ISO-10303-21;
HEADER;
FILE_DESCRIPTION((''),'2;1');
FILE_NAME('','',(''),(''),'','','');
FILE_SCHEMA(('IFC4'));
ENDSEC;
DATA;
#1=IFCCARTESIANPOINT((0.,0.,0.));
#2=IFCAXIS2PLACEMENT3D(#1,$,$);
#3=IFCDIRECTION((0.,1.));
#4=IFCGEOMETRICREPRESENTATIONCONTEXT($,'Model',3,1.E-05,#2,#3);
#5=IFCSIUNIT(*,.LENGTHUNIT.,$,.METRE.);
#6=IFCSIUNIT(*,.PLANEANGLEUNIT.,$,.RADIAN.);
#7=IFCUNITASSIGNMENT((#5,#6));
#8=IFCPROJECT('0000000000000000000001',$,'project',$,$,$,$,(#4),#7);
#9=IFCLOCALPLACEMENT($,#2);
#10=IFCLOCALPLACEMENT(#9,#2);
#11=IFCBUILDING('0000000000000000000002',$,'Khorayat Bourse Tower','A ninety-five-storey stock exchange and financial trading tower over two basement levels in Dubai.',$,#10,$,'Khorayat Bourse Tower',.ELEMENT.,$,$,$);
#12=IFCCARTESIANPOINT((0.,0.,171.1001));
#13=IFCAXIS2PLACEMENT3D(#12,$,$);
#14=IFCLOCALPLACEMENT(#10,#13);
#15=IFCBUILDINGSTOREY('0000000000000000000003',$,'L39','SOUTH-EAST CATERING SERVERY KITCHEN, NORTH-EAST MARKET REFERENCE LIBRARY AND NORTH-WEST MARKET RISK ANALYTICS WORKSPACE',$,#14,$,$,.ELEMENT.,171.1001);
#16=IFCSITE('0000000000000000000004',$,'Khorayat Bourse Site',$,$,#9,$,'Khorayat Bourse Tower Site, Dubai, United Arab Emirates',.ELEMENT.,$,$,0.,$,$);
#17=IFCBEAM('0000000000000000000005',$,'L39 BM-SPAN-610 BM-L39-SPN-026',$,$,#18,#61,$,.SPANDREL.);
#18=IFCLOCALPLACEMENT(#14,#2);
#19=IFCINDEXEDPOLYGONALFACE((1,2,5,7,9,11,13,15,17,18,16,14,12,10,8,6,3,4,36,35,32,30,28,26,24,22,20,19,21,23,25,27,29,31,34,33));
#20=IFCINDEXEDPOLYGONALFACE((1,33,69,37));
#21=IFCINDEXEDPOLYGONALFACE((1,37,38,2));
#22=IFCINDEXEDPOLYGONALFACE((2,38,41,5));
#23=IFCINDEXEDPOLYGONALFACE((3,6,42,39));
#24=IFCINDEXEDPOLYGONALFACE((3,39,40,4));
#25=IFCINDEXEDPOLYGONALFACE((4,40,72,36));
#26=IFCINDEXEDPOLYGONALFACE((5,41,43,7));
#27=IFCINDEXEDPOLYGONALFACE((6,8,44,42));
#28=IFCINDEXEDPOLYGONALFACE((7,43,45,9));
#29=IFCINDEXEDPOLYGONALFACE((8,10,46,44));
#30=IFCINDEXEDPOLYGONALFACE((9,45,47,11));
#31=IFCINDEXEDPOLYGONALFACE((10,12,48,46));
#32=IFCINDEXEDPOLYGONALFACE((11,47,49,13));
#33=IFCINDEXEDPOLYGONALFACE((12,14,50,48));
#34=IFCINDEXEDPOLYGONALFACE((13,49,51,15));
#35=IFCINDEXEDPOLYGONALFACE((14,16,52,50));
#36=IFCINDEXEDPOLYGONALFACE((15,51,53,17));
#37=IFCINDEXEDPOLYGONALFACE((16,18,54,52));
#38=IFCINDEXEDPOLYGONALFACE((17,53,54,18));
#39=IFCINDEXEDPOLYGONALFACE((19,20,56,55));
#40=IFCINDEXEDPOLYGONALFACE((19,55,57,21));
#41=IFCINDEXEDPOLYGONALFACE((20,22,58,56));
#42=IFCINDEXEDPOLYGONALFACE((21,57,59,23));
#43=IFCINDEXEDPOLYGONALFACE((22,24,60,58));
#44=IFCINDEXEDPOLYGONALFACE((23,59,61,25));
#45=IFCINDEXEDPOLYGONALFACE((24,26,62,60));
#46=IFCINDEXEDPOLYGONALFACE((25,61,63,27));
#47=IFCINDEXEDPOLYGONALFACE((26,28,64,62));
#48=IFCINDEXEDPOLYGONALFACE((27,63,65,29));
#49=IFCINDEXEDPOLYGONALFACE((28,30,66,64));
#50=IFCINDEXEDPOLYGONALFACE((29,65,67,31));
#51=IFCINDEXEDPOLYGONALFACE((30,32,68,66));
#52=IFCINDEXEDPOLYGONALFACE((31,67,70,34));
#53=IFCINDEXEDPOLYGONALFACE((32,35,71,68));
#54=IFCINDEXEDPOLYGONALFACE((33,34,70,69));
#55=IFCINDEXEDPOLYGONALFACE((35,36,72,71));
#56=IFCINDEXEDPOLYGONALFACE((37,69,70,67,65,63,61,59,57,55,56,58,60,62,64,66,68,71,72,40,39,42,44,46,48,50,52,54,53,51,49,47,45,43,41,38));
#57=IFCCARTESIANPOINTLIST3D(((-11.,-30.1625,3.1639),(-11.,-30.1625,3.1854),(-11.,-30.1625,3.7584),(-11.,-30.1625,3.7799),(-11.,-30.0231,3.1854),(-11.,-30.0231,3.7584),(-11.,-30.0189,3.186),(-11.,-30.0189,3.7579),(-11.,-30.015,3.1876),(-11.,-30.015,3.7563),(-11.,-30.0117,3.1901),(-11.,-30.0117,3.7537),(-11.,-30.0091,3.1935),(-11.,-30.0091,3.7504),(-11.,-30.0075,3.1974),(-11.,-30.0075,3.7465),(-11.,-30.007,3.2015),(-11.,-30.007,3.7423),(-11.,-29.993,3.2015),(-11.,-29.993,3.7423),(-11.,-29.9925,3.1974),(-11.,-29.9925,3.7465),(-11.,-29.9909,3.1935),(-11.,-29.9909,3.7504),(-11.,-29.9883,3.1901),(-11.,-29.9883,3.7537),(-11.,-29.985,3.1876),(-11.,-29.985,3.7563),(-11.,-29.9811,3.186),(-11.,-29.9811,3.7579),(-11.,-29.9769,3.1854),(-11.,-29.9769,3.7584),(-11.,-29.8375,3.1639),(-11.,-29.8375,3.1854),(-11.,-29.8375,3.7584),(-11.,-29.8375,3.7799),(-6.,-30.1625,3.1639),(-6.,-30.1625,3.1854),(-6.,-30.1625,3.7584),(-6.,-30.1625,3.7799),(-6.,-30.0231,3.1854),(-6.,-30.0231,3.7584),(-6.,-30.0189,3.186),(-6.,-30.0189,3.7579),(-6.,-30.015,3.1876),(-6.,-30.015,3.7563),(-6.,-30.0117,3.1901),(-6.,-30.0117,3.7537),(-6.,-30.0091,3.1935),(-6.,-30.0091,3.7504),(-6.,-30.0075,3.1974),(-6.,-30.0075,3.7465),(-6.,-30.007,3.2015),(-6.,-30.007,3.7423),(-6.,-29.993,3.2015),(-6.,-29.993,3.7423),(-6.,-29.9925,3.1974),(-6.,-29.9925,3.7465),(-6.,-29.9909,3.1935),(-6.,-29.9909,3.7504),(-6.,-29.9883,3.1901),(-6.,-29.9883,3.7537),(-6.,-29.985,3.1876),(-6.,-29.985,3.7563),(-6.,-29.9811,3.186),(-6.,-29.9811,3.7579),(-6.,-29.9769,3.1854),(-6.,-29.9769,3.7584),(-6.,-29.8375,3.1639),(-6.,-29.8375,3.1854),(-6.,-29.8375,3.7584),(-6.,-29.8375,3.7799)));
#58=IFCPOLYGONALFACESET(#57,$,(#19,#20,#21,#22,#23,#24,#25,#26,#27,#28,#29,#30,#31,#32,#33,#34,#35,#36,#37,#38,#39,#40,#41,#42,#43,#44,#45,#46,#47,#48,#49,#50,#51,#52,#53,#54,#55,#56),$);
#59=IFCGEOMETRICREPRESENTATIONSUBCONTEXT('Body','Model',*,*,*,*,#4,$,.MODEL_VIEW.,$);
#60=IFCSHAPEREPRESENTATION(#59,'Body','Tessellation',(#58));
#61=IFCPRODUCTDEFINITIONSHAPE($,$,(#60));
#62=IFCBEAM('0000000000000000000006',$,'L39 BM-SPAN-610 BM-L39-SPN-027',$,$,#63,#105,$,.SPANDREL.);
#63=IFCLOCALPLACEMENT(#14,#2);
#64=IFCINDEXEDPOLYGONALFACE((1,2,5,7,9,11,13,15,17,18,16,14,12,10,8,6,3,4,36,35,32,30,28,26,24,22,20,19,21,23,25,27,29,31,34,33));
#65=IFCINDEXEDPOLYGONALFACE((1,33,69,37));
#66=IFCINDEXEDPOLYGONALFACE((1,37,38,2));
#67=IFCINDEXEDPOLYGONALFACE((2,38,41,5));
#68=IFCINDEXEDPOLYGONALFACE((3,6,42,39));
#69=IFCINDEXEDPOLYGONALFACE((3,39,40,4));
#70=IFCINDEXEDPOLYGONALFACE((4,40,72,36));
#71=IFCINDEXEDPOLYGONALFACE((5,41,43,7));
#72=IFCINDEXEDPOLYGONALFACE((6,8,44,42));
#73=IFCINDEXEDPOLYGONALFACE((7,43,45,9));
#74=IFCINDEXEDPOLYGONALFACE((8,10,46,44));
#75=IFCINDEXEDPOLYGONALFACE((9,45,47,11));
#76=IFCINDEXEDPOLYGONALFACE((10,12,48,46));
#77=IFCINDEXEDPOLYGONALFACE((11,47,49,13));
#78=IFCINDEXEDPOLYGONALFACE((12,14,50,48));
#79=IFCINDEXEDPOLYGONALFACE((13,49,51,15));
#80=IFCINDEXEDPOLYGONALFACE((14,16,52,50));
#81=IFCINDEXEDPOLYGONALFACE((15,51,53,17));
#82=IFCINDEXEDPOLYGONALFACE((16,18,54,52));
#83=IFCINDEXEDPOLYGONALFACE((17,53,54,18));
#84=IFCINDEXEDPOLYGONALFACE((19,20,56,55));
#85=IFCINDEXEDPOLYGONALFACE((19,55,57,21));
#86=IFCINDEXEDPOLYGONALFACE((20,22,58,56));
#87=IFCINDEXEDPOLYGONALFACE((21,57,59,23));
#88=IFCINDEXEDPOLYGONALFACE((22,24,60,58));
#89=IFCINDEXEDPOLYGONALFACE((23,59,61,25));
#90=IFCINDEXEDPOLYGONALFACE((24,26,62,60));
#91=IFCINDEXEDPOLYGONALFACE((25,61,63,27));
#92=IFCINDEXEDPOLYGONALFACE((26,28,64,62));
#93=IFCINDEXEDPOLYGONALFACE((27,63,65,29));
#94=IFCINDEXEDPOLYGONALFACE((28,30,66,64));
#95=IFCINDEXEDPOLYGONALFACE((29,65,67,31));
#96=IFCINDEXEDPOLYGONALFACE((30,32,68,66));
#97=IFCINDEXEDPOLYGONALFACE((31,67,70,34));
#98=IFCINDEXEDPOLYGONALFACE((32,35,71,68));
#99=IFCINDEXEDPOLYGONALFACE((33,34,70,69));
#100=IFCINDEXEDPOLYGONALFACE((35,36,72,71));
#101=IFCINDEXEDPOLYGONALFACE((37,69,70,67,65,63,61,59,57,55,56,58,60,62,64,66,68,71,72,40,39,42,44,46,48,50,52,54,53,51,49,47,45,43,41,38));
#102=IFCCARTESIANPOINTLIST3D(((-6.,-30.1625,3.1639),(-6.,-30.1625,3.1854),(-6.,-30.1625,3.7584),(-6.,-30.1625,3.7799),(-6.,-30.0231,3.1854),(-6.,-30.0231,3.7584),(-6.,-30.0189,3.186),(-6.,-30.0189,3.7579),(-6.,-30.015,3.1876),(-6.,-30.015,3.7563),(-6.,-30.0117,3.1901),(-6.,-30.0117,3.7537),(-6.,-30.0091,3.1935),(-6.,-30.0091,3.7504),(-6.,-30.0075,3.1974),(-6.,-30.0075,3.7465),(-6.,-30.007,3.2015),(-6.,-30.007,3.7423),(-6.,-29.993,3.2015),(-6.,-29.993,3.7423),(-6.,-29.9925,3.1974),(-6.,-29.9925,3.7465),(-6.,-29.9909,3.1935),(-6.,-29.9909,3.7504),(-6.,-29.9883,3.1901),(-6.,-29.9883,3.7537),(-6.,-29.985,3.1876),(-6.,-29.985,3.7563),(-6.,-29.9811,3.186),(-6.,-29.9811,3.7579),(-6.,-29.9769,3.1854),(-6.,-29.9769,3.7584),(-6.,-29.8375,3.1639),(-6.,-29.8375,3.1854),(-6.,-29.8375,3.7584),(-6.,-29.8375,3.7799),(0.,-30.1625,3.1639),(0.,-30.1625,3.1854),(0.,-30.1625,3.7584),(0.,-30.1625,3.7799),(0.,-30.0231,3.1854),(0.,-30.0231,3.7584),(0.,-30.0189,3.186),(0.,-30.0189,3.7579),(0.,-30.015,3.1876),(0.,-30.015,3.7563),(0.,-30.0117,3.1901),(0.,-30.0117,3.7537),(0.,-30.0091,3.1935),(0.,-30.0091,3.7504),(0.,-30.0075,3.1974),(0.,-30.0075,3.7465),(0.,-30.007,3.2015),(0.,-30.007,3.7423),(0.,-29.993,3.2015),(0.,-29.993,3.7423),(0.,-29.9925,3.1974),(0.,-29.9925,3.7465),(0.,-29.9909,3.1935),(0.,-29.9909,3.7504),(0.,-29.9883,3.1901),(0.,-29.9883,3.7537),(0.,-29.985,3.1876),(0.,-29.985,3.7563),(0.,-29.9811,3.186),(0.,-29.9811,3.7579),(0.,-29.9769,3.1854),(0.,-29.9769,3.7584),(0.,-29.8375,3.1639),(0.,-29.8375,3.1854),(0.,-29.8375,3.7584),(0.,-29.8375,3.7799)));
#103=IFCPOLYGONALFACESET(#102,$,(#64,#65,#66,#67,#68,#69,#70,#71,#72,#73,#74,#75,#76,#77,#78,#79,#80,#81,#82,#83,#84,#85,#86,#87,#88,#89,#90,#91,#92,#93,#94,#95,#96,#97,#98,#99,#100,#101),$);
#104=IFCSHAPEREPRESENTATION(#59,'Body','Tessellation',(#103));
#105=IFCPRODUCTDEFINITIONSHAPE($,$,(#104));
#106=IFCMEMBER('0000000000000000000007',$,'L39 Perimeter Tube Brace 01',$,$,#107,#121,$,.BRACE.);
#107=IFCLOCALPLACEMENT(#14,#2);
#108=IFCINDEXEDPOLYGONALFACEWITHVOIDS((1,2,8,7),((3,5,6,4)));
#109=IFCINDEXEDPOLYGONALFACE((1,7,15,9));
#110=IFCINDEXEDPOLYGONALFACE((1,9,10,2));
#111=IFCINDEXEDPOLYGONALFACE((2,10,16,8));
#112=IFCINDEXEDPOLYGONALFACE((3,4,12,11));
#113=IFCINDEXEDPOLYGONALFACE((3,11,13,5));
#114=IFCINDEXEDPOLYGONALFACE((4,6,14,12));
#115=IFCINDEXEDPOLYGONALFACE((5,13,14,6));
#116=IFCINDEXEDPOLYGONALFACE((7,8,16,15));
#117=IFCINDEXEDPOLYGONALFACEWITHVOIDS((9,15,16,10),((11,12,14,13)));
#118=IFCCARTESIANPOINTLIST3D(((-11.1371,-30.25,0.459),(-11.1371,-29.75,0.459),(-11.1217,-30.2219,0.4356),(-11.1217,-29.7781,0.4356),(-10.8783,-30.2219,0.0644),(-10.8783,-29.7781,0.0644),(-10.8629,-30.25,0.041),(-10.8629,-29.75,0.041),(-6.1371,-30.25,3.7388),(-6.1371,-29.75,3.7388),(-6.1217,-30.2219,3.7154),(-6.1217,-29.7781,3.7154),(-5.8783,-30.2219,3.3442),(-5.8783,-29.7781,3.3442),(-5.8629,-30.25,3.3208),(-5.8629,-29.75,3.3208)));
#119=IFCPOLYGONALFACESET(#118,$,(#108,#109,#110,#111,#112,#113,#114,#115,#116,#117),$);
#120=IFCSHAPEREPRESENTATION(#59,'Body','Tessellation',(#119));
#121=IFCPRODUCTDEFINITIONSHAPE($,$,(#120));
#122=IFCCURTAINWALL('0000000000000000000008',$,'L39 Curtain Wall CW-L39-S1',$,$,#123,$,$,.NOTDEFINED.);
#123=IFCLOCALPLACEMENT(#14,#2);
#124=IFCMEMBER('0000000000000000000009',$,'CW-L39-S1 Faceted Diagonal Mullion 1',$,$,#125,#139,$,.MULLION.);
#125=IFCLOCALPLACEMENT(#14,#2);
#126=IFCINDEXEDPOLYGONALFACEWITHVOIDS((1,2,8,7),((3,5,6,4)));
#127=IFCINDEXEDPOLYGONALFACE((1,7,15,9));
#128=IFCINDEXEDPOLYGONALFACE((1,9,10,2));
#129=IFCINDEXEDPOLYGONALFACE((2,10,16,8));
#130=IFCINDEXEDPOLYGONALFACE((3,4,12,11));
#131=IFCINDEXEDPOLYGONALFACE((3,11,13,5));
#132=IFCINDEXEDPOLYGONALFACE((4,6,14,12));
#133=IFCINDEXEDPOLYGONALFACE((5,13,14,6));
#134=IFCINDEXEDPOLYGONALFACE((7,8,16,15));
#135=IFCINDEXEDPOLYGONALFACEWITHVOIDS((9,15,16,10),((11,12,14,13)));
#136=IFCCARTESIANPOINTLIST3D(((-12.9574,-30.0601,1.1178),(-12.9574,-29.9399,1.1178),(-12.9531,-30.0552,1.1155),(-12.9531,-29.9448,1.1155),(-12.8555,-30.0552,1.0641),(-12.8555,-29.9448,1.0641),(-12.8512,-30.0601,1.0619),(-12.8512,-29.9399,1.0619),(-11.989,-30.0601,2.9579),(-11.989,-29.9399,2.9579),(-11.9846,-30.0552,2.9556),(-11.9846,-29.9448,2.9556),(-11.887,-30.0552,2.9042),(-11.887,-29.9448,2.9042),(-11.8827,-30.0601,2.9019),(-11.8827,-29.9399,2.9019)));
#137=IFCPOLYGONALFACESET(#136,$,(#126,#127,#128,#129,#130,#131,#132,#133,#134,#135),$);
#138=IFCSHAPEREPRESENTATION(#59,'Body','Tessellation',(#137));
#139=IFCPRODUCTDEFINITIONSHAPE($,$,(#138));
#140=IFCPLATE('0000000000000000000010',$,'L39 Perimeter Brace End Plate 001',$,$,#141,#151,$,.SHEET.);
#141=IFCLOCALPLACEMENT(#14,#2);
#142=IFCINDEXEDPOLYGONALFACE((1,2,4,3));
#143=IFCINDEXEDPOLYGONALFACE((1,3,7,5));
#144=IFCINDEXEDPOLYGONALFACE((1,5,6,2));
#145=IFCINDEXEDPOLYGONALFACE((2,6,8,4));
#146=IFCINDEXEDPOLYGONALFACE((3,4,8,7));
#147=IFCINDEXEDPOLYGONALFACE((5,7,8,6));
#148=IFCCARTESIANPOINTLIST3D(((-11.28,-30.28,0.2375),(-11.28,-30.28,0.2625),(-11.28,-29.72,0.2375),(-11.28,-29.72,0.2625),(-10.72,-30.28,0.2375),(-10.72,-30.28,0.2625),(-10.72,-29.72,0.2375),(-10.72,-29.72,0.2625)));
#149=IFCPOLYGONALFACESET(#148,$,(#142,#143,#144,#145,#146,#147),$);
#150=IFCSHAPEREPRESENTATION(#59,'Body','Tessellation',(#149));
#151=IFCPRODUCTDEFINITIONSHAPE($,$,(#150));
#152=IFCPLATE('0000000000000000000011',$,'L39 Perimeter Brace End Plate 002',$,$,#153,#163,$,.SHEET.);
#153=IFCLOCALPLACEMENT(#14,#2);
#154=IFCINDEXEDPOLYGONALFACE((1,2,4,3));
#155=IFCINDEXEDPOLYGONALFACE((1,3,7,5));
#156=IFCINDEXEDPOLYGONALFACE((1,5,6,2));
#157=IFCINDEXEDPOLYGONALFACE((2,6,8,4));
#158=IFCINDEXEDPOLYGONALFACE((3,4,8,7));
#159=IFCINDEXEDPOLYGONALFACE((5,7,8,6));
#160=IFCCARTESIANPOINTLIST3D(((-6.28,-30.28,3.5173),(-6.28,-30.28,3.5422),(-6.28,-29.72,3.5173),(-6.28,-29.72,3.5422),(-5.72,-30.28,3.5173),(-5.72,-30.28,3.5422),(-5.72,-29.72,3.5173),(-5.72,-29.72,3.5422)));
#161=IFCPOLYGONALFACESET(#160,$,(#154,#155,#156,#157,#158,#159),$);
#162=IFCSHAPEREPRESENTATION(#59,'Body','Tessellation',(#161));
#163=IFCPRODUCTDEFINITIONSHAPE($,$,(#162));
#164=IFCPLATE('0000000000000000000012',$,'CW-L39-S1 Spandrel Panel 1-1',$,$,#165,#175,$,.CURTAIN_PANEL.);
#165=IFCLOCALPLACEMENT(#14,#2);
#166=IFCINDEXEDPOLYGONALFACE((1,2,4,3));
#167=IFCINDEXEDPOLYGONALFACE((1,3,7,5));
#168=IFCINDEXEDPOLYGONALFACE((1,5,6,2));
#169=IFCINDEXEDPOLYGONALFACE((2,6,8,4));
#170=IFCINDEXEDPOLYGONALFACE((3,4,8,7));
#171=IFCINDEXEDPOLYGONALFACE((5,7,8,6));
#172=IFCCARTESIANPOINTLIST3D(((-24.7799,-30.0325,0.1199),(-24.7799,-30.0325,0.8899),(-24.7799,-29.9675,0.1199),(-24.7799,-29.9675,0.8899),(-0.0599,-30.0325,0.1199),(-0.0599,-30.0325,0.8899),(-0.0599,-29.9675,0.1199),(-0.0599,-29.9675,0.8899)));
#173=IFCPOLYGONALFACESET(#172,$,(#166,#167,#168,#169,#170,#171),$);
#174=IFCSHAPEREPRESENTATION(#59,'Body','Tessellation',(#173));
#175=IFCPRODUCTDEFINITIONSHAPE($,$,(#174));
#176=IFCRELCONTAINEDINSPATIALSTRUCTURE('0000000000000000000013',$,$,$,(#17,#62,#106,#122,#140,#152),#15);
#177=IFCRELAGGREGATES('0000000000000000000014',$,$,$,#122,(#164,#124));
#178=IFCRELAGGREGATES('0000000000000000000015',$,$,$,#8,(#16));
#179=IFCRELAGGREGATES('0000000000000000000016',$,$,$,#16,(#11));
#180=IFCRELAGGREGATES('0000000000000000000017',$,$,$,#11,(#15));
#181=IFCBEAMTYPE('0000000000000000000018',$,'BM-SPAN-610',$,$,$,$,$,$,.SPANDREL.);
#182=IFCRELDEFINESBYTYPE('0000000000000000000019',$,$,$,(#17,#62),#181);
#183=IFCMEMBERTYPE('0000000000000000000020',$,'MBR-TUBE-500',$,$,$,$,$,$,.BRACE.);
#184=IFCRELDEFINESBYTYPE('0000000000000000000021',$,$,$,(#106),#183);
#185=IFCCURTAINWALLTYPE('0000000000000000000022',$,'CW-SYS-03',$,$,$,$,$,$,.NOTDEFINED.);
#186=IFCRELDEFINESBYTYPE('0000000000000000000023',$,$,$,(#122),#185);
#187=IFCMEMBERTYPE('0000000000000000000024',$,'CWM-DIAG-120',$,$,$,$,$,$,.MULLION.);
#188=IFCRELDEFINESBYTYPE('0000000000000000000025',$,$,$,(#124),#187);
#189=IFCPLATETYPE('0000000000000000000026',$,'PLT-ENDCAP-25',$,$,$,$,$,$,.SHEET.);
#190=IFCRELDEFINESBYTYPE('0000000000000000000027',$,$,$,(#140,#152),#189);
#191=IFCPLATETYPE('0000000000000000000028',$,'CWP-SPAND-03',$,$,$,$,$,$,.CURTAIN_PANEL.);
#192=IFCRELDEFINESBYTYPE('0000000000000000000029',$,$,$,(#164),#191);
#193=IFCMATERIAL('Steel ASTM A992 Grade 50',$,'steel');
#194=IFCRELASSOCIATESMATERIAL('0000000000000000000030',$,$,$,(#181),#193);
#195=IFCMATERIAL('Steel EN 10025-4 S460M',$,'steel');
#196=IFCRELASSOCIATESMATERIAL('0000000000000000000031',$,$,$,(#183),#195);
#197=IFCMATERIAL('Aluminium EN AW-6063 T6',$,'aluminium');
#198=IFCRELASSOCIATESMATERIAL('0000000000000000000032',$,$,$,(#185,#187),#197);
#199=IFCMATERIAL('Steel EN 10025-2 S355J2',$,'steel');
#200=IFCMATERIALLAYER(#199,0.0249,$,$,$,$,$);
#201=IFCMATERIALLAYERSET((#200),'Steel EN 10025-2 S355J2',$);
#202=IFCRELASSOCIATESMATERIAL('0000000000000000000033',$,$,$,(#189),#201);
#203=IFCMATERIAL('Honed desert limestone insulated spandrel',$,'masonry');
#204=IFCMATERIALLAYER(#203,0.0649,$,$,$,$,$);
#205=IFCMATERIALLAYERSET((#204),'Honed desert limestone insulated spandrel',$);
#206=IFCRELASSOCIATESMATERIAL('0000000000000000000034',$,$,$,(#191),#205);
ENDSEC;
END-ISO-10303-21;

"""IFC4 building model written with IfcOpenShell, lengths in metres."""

from ifc_helpers import new_model, si_unit, direction, frame, origin, origin_2d, place, context, subcontext, project, spatial, rectangle, hollow_rectangle, i_section, extrude, source, transform, mapped, material, layer, layer_set, material_profile, profile_set, type_object, element, aggregate, save


model = new_model("IFC4")

# Units and contexts
model_context = context("Model", 3, precision=1e-05, world=origin(), true_north=direction((0.0, 1.0)))
body_context = subcontext(model_context, "Body", "Model", "MODEL_VIEW")
ifc_project = project(units=[si_unit("LENGTHUNIT", "METRE"), si_unit("PLANEANGLEUNIT", "RADIAN")], contexts=[model_context])

# Site, building, storey
site_placement = place(None, origin())
site = spatial("IfcSite", under=ifc_project, at=site_placement, Name="Khorayat Bourse Site", LongName="Khorayat Bourse Tower Site, Dubai, United Arab Emirates", CompositionType="ELEMENT", RefElevation=0.0)
building_placement = place(site_placement, origin())
building = spatial("IfcBuilding", under=site, at=building_placement, Name="Khorayat Bourse Tower", Description="A ninety-five-storey stock exchange and financial trading tower over two basement levels in Dubai.", LongName="Khorayat Bourse Tower", CompositionType="ELEMENT")
storey_placement = place(building_placement, frame((0.0, 0.0, 171.1001)))
storey = spatial("IfcBuildingStorey", under=building, at=storey_placement, Name="L39", Description="SOUTH-EAST CATERING SERVERY KITCHEN, NORTH-EAST MARKET REFERENCE LIBRARY AND NORTH-WEST MARKET RISK ANALYTICS WORKSPACE", CompositionType="ELEMENT", Elevation=171.1001)

# Shared definitions
ifc_material_1 = material(Name="Steel EN 10025-4 S460M", Category="steel")

# Beams
ifc_material_2 = material(Name="Steel ASTM A992 Grade 50", Category="steel")
ifc_material_profile_1 = material_profile(ifc_material_2, i_section(OverallWidth=0.325, OverallDepth=0.616, WebThickness=0.0139, FlangeThickness=0.0215, FilletRadius=0.0161, at=origin_2d()), Name="W610X174")
ifc_profile_set_1 = profile_set([ifc_material_profile_1], Name="Steel ASTM A992 Grade 50")
beam_type_1 = type_object("IfcBeamType", Name="BM-SPAN-610", PredefinedType="SPANDREL", material=ifc_profile_set_1)
shared_shape_1 = source(origin(), body_context, "Body", "SweptSolid", [
    extrude(i_section(OverallWidth=0.325, OverallDepth=0.616, WebThickness=0.0139, FlangeThickness=0.0215, FilletRadius=0.0161, at=origin_2d()), origin(), (0.0, 0.0, 1.0), 5.0),
])
beam_1_placement = place(storey_placement, frame((-11.0, -30.0, 3.4719), z_axis=(1.0, 0.0, 0.0), x_axis=(0.0, 1.0, 0.0)))
element("IfcBeam", 1, at=beam_1_placement, inside=storey, type_object=beam_type_1, Name="L39 BM-SPAN-610 BM-L39-SPN-026", PredefinedType="SPANDREL", context=body_context, shape_type="MappedRepresentation", body=[
    mapped(shared_shape_1, transform((0.0, 0.0, 0.0), scale=1.0)),
])
shared_shape_2 = source(origin(), body_context, "Body", "SweptSolid", [
    extrude(i_section(OverallWidth=0.325, OverallDepth=0.616, WebThickness=0.0139, FlangeThickness=0.0215, FilletRadius=0.0161, at=origin_2d()), origin(), (0.0, 0.0, 1.0), 6.0),
])
beam_2_placement = place(storey_placement, frame((-6.0, -30.0, 3.4719), z_axis=(1.0, 0.0, 0.0), x_axis=(0.0, 1.0, 0.0)))
element("IfcBeam", 2, at=beam_2_placement, inside=storey, type_object=beam_type_1, Name="L39 BM-SPAN-610 BM-L39-SPN-027", PredefinedType="SPANDREL", context=body_context, shape_type="MappedRepresentation", body=[
    mapped(shared_shape_2, transform((0.0, 0.0, 0.0), scale=1.0)),
])

# Member
ifc_material_profile_2 = material_profile(ifc_material_1, hollow_rectangle(XDim=0.5, YDim=0.5, WallThickness=0.0281, at=origin_2d()), Name="HSS 500x500x28")
ifc_profile_set_2 = profile_set([ifc_material_profile_2], Name="Steel EN 10025-4 S460M")
member_type_1 = type_object("IfcMemberType", Name="MBR-TUBE-500", PredefinedType="BRACE", material=ifc_profile_set_2)
shared_shape_3 = source(origin(), body_context, "Body", "SweptSolid", [
    extrude(hollow_rectangle(XDim=0.5, YDim=0.5, WallThickness=0.0281, at=origin_2d()), origin(), (0.0, 0.0, 1.0), 5.9797),
])
member_1_placement = place(storey_placement, frame((-11.0, -30.0, 0.25), z_axis=(0.83616, 0.0, 0.548485), x_axis=(0.0, 1.0, 0.0)))
element("IfcMember", 3, at=member_1_placement, inside=storey, type_object=member_type_1, Name="L39 Perimeter Tube Brace 01", PredefinedType="BRACE", context=body_context, shape_type="MappedRepresentation", body=[
    mapped(shared_shape_3, transform((0.0, 0.0, 0.0), scale=1.0)),
])

# Curtain wall, member
ifc_material_3 = material(Name="Aluminium EN AW-6063 T6", Category="aluminium")
curtain_wall_type = type_object("IfcCurtainWallType", Name="CW-SYS-03", PredefinedType="NOTDEFINED", material=ifc_material_3)
curtain_wall_placement = place(storey_placement, origin())
curtain_wall = element("IfcCurtainWall", 4, at=curtain_wall_placement, inside=storey, type_object=curtain_wall_type, Name="L39 Curtain Wall CW-L39-S1", PredefinedType="NOTDEFINED")
ifc_material_profile_3 = material_profile(ifc_material_3, hollow_rectangle(XDim=0.1201, YDim=0.1201, WallThickness=0.0049, at=origin_2d()), Name="ALU 120x120x5")
ifc_profile_set_3 = profile_set([ifc_material_profile_3], Name="Aluminium EN AW-6063 T6")
member_type_2 = type_object("IfcMemberType", Name="CWM-DIAG-120", PredefinedType="MULLION", material=ifc_profile_set_3)
shared_shape_4 = source(origin(), body_context, "Body", "SweptSolid", [
    extrude(hollow_rectangle(XDim=0.1201, YDim=0.1201, WallThickness=0.0049, at=origin_2d()), origin(), (0.0, 0.0, 1.0), 2.0793),
])
member_2_placement = place(storey_placement, frame((-12.9043, -30.0, 1.0898), z_axis=(0.465761, 0.0, 0.884911), x_axis=(0.0, 1.0, 0.0)))
member_2 = element("IfcMember", 5, at=member_2_placement, type_object=member_type_2, Name="CW-L39-S1 Faceted Diagonal Mullion 1", PredefinedType="MULLION", context=body_context, shape_type="MappedRepresentation", body=[
    mapped(shared_shape_4, transform((0.0, 0.0, 0.0), scale=1.0)),
])

# Plates
ifc_material_4 = material(Name="Steel EN 10025-2 S355J2", Category="steel")
ifc_layer_1 = layer(ifc_material_4, 0.0249)
ifc_layer_set_1 = layer_set([ifc_layer_1], Name="Steel EN 10025-2 S355J2")
plate_type_1 = type_object("IfcPlateType", Name="PLT-ENDCAP-25", PredefinedType="SHEET", material=ifc_layer_set_1)
shared_shape_5 = source(origin(), body_context, "Body", "SweptSolid", [
    extrude(rectangle(XDim=0.5601, YDim=0.5601, at=origin_2d()), origin(), (0.0, 0.0, 1.0), 0.0249),
])
for number, where, z_axis, x_axis, name in (
    (6, (-11.0, -30.0, 0.2375), (0.0, 0.0, 1.0), (1.0, 0.0, 0.0), "L39 Perimeter Brace End Plate 001"),
    (7, (-6.0, -30.0, 3.5173), (0.0, 0.0, 1.0), (1.0, 0.0, 0.0), "L39 Perimeter Brace End Plate 002"),
):
    element("IfcPlate", number, at=place(storey_placement, frame(where, z_axis=z_axis, x_axis=x_axis)), inside=storey, type_object=plate_type_1, Name=name, PredefinedType="SHEET", context=body_context, shape_type="MappedRepresentation", body=[
        mapped(shared_shape_5, transform((0.0, 0.0, 0.0), scale=1.0)),
    ])

# Plate
ifc_material_5 = material(Name="Honed desert limestone insulated spandrel", Category="masonry")
ifc_layer_2 = layer(ifc_material_5, 0.0649)
ifc_layer_set_2 = layer_set([ifc_layer_2], Name="Honed desert limestone insulated spandrel")
plate_type_2 = type_object("IfcPlateType", Name="CWP-SPAND-03", PredefinedType="CURTAIN_PANEL", material=ifc_layer_set_2)
shared_shape_6 = source(origin(), body_context, "Body", "SweptSolid", [
    extrude(rectangle(XDim=24.72, YDim=0.0649, at=origin_2d()), origin(), (0.0, 0.0, 1.0), 0.77),
])
plate_1_placement = place(storey_placement, frame((-12.4199, -30.0, 0.1199), z_axis=(0.0, 0.0, 1.0), x_axis=(1.0, 0.0, 0.0)))
plate_1 = element("IfcPlate", 8, at=plate_1_placement, type_object=plate_type_2, Name="CW-L39-S1 Spandrel Panel 1-1", PredefinedType="CURTAIN_PANEL", context=body_context, shape_type="MappedRepresentation", body=[
    mapped(shared_shape_6, transform((0.0, 0.0, 0.0), scale=1.0)),
])
aggregate(curtain_wall, [plate_1, member_2])

save(model, "model.ifc")
